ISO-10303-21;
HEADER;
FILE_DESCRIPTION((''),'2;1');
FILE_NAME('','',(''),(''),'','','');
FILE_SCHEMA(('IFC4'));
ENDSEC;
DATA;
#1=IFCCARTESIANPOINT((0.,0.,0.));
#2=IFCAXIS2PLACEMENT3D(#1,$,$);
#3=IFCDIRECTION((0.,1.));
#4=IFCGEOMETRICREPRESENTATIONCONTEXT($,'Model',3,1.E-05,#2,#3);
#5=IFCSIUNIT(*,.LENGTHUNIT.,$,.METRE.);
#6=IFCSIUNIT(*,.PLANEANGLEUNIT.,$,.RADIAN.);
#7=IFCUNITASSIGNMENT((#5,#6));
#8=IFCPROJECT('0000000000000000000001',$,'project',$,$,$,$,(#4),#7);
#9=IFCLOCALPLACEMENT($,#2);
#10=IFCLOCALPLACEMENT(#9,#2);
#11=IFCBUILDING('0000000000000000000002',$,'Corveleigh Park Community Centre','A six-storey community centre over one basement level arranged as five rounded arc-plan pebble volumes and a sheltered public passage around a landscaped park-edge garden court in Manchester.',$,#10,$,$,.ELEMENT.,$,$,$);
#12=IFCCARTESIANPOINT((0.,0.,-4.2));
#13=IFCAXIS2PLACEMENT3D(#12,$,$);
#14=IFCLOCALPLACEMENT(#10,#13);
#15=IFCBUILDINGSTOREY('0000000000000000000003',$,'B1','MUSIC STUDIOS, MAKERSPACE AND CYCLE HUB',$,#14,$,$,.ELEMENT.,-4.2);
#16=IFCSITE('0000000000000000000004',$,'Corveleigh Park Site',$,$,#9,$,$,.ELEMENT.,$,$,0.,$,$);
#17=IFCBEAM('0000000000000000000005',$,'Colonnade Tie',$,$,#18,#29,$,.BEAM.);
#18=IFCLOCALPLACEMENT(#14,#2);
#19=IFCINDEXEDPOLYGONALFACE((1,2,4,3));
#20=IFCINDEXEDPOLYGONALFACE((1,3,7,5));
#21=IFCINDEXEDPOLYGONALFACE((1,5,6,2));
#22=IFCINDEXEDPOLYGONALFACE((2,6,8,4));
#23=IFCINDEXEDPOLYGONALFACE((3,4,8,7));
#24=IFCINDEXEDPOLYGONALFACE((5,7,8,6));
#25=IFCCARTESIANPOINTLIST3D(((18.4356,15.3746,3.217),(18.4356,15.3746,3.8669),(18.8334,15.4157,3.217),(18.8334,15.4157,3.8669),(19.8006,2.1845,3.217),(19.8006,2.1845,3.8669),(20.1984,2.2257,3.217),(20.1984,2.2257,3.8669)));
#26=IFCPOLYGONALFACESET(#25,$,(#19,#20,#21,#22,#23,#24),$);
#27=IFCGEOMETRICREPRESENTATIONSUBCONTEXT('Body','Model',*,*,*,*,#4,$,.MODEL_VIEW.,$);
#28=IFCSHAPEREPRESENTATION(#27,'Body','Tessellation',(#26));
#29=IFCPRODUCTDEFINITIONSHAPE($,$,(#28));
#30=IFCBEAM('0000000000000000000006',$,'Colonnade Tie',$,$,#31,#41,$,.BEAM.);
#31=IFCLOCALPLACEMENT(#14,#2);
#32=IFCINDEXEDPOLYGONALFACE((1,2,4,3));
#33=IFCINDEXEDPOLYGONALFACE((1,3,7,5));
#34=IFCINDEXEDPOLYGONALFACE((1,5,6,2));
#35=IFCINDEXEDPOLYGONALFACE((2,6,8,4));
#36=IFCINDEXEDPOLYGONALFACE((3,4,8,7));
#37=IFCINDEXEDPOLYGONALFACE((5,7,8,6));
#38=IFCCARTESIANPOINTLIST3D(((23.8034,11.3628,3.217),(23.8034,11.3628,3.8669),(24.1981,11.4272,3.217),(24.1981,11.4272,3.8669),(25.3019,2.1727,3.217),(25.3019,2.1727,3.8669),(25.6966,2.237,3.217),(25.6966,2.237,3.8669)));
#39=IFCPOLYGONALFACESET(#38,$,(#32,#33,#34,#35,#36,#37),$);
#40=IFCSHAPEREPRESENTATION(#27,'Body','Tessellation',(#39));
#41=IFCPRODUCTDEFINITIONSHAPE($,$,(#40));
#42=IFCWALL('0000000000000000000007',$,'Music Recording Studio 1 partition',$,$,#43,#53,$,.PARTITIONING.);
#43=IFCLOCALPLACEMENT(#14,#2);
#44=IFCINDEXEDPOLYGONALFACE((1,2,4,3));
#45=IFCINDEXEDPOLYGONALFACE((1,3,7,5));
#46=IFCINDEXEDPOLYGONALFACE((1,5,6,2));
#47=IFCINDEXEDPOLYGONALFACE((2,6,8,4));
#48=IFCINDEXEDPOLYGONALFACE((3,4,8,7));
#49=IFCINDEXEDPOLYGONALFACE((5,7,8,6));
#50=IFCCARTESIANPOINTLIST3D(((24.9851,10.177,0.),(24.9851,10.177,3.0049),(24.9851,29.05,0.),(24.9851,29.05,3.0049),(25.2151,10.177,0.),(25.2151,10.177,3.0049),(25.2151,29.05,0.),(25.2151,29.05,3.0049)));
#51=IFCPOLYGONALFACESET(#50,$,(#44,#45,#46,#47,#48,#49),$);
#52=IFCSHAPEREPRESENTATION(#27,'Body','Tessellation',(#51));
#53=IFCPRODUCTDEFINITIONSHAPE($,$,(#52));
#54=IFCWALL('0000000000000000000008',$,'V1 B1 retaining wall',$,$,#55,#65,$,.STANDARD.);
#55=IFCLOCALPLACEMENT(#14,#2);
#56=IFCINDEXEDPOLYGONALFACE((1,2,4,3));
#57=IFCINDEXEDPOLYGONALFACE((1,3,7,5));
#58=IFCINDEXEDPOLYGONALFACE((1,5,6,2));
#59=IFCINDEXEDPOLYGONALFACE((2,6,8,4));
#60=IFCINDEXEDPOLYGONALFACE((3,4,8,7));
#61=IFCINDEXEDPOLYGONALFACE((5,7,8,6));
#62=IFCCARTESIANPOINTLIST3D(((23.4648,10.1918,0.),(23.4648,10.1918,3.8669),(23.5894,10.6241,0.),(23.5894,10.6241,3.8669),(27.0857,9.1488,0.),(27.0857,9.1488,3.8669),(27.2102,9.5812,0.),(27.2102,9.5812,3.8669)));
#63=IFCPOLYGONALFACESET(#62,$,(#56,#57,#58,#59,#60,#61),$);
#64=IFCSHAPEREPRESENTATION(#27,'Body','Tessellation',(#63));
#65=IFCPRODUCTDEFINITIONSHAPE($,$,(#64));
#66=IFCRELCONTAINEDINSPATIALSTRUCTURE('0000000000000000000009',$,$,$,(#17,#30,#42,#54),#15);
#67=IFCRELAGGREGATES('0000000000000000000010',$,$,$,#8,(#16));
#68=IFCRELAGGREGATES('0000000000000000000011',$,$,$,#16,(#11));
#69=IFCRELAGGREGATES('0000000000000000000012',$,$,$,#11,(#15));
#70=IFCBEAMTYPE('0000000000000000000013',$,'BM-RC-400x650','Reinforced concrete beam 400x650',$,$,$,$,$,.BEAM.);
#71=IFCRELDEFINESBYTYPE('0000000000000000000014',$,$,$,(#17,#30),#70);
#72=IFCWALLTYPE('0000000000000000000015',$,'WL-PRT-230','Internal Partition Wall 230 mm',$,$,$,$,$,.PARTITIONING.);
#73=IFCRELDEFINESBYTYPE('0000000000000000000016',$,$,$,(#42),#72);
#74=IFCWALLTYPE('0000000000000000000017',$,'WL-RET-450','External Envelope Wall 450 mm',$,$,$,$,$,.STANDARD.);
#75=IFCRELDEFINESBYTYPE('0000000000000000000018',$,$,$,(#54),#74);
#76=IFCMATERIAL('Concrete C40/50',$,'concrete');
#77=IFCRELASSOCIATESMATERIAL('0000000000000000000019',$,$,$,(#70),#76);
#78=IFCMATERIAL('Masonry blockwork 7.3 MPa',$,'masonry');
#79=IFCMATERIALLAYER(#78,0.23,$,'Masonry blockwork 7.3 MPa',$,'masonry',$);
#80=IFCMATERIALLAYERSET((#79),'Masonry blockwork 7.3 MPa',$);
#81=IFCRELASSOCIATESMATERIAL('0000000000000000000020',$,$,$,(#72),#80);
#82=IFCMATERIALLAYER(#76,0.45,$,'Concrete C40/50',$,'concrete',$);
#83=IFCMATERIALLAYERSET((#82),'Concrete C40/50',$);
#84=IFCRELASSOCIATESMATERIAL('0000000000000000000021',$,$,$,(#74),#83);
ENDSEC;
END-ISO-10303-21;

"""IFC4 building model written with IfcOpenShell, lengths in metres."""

from ifc_helpers import new_model, si_unit, direction, frame, frame_2d, origin, origin_2d, place, context, subcontext, project, spatial, rectangle, extrude, material, layer, layer_set, material_profile, profile_set, type_object, element, save


model = new_model("IFC4")

# Units and contexts
model_context = context("Model", 3, precision=1e-05, world=origin(), true_north=direction((0.0, 1.0)))
body_context = subcontext(model_context, "Body", "Model", "MODEL_VIEW")
ifc_project = project(units=[si_unit("LENGTHUNIT", "METRE"), si_unit("PLANEANGLEUNIT", "RADIAN")], contexts=[model_context])

# Site, building, storey
site_placement = place(None, origin())
site = spatial("IfcSite", under=ifc_project, at=site_placement, Name="Corveleigh Park Site", CompositionType="ELEMENT", RefElevation=0.0)
building_placement = place(site_placement, origin())
building = spatial("IfcBuilding", under=site, at=building_placement, Name="Corveleigh Park Community Centre", Description="A six-storey community centre over one basement level arranged as five rounded arc-plan pebble volumes and a sheltered public passage around a landscaped park-edge garden court in Manchester.", CompositionType="ELEMENT")
storey_placement = place(building_placement, frame((0.0, 0.0, -4.2)))
storey = spatial("IfcBuildingStorey", under=building, at=storey_placement, Name="B1", Description="MUSIC STUDIOS, MAKERSPACE AND CYCLE HUB", CompositionType="ELEMENT", Elevation=-4.2)

# Shared definitions
ifc_material_1 = material(Name="Concrete C40/50", Category="concrete")

# Beams
ifc_material_profile_1 = material_profile(ifc_material_1, rectangle(XDim=0.3999, YDim=0.6499, at=origin_2d()), Name="RC-400x650", Category="concrete")
ifc_profile_set_1 = profile_set([ifc_material_profile_1], Name="Concrete C40/50")
beam_type = type_object("IfcBeamType", Name="BM-RC-400x650", Description="Reinforced concrete beam 400x650", PredefinedType="BEAM", material=ifc_profile_set_1)
beam_1_placement = place(storey_placement, frame((19.9995, 2.2051, 3.542), z_axis=(-0.102937, 0.994688, 0.0), x_axis=(-0.994688, -0.102937, 0.0)))
element("IfcBeam", 1, at=beam_1_placement, inside=storey, type_object=beam_type, Name="Colonnade Tie", PredefinedType="BEAM", context=body_context, shape_type="SweptSolid", body=[
    extrude(rectangle(XDim=0.3999, YDim=0.6499, at=origin_2d()), origin(), (0.0, 0.0, 1.0), 13.2605),
])
beam_2_placement = place(storey_placement, frame((25.4993, 2.2048, 3.542), z_axis=(-0.160933, 0.986965, 0.0), x_axis=(-0.986965, -0.160933, 0.0)))
element("IfcBeam", 2, at=beam_2_placement, inside=storey, type_object=beam_type, Name="Colonnade Tie", PredefinedType="BEAM", context=body_context, shape_type="SweptSolid", body=[
    extrude(rectangle(XDim=0.3999, YDim=0.6499, at=origin_2d()), origin(), (0.0, 0.0, 1.0), 9.3115),
])

# Walls
ifc_material_2 = material(Name="Masonry blockwork 7.3 MPa", Category="masonry")
ifc_layer_1 = layer(ifc_material_2, 0.23, Name="Masonry blockwork 7.3 MPa", Category="masonry")
ifc_layer_set_1 = layer_set([ifc_layer_1], Name="Masonry blockwork 7.3 MPa")
wall_type_1 = type_object("IfcWallType", Name="WL-PRT-230", Description="Internal Partition Wall 230 mm", PredefinedType="PARTITIONING", material=ifc_layer_set_1)
wall_1_placement = place(storey_placement, frame((25.1001, 10.177, 0.0), z_axis=(0.0, 0.0, 1.0), x_axis=(0.0, 1.0, 0.0)))
element("IfcWall", 3, at=wall_1_placement, inside=storey, type_object=wall_type_1, Name="Music Recording Studio 1 partition", PredefinedType="PARTITIONING", context=body_context, shape_type="SweptSolid", body=[
    extrude(rectangle(XDim=18.873, YDim=0.23, at=frame_2d((9.4365, 0.0))), origin(), (0.0, 0.0, 1.0), 3.0049),
])
ifc_layer_2 = layer(ifc_material_1, 0.45, Name="Concrete C40/50", Category="concrete")
ifc_layer_set_2 = layer_set([ifc_layer_2], Name="Concrete C40/50")
wall_type_2 = type_object("IfcWallType", Name="WL-RET-450", Description="External Envelope Wall 450 mm", PredefinedType="STANDARD", material=ifc_layer_set_2)
wall_2_placement = place(storey_placement, frame((27.1479, 9.365, 0.0), z_axis=(0.0, 0.0, 1.0), x_axis=(-0.96093, 0.276791, 0.0)))
element("IfcWall", 4, at=wall_2_placement, inside=storey, type_object=wall_type_2, Name="V1 B1 retaining wall", PredefinedType="STANDARD", context=body_context, shape_type="SweptSolid", body=[
    extrude(rectangle(XDim=3.7681, YDim=0.45, at=frame_2d((1.884, 0.0))), origin(), (0.0, 0.0, 1.0), 3.8669),
])

save(model, "model.ifc")
